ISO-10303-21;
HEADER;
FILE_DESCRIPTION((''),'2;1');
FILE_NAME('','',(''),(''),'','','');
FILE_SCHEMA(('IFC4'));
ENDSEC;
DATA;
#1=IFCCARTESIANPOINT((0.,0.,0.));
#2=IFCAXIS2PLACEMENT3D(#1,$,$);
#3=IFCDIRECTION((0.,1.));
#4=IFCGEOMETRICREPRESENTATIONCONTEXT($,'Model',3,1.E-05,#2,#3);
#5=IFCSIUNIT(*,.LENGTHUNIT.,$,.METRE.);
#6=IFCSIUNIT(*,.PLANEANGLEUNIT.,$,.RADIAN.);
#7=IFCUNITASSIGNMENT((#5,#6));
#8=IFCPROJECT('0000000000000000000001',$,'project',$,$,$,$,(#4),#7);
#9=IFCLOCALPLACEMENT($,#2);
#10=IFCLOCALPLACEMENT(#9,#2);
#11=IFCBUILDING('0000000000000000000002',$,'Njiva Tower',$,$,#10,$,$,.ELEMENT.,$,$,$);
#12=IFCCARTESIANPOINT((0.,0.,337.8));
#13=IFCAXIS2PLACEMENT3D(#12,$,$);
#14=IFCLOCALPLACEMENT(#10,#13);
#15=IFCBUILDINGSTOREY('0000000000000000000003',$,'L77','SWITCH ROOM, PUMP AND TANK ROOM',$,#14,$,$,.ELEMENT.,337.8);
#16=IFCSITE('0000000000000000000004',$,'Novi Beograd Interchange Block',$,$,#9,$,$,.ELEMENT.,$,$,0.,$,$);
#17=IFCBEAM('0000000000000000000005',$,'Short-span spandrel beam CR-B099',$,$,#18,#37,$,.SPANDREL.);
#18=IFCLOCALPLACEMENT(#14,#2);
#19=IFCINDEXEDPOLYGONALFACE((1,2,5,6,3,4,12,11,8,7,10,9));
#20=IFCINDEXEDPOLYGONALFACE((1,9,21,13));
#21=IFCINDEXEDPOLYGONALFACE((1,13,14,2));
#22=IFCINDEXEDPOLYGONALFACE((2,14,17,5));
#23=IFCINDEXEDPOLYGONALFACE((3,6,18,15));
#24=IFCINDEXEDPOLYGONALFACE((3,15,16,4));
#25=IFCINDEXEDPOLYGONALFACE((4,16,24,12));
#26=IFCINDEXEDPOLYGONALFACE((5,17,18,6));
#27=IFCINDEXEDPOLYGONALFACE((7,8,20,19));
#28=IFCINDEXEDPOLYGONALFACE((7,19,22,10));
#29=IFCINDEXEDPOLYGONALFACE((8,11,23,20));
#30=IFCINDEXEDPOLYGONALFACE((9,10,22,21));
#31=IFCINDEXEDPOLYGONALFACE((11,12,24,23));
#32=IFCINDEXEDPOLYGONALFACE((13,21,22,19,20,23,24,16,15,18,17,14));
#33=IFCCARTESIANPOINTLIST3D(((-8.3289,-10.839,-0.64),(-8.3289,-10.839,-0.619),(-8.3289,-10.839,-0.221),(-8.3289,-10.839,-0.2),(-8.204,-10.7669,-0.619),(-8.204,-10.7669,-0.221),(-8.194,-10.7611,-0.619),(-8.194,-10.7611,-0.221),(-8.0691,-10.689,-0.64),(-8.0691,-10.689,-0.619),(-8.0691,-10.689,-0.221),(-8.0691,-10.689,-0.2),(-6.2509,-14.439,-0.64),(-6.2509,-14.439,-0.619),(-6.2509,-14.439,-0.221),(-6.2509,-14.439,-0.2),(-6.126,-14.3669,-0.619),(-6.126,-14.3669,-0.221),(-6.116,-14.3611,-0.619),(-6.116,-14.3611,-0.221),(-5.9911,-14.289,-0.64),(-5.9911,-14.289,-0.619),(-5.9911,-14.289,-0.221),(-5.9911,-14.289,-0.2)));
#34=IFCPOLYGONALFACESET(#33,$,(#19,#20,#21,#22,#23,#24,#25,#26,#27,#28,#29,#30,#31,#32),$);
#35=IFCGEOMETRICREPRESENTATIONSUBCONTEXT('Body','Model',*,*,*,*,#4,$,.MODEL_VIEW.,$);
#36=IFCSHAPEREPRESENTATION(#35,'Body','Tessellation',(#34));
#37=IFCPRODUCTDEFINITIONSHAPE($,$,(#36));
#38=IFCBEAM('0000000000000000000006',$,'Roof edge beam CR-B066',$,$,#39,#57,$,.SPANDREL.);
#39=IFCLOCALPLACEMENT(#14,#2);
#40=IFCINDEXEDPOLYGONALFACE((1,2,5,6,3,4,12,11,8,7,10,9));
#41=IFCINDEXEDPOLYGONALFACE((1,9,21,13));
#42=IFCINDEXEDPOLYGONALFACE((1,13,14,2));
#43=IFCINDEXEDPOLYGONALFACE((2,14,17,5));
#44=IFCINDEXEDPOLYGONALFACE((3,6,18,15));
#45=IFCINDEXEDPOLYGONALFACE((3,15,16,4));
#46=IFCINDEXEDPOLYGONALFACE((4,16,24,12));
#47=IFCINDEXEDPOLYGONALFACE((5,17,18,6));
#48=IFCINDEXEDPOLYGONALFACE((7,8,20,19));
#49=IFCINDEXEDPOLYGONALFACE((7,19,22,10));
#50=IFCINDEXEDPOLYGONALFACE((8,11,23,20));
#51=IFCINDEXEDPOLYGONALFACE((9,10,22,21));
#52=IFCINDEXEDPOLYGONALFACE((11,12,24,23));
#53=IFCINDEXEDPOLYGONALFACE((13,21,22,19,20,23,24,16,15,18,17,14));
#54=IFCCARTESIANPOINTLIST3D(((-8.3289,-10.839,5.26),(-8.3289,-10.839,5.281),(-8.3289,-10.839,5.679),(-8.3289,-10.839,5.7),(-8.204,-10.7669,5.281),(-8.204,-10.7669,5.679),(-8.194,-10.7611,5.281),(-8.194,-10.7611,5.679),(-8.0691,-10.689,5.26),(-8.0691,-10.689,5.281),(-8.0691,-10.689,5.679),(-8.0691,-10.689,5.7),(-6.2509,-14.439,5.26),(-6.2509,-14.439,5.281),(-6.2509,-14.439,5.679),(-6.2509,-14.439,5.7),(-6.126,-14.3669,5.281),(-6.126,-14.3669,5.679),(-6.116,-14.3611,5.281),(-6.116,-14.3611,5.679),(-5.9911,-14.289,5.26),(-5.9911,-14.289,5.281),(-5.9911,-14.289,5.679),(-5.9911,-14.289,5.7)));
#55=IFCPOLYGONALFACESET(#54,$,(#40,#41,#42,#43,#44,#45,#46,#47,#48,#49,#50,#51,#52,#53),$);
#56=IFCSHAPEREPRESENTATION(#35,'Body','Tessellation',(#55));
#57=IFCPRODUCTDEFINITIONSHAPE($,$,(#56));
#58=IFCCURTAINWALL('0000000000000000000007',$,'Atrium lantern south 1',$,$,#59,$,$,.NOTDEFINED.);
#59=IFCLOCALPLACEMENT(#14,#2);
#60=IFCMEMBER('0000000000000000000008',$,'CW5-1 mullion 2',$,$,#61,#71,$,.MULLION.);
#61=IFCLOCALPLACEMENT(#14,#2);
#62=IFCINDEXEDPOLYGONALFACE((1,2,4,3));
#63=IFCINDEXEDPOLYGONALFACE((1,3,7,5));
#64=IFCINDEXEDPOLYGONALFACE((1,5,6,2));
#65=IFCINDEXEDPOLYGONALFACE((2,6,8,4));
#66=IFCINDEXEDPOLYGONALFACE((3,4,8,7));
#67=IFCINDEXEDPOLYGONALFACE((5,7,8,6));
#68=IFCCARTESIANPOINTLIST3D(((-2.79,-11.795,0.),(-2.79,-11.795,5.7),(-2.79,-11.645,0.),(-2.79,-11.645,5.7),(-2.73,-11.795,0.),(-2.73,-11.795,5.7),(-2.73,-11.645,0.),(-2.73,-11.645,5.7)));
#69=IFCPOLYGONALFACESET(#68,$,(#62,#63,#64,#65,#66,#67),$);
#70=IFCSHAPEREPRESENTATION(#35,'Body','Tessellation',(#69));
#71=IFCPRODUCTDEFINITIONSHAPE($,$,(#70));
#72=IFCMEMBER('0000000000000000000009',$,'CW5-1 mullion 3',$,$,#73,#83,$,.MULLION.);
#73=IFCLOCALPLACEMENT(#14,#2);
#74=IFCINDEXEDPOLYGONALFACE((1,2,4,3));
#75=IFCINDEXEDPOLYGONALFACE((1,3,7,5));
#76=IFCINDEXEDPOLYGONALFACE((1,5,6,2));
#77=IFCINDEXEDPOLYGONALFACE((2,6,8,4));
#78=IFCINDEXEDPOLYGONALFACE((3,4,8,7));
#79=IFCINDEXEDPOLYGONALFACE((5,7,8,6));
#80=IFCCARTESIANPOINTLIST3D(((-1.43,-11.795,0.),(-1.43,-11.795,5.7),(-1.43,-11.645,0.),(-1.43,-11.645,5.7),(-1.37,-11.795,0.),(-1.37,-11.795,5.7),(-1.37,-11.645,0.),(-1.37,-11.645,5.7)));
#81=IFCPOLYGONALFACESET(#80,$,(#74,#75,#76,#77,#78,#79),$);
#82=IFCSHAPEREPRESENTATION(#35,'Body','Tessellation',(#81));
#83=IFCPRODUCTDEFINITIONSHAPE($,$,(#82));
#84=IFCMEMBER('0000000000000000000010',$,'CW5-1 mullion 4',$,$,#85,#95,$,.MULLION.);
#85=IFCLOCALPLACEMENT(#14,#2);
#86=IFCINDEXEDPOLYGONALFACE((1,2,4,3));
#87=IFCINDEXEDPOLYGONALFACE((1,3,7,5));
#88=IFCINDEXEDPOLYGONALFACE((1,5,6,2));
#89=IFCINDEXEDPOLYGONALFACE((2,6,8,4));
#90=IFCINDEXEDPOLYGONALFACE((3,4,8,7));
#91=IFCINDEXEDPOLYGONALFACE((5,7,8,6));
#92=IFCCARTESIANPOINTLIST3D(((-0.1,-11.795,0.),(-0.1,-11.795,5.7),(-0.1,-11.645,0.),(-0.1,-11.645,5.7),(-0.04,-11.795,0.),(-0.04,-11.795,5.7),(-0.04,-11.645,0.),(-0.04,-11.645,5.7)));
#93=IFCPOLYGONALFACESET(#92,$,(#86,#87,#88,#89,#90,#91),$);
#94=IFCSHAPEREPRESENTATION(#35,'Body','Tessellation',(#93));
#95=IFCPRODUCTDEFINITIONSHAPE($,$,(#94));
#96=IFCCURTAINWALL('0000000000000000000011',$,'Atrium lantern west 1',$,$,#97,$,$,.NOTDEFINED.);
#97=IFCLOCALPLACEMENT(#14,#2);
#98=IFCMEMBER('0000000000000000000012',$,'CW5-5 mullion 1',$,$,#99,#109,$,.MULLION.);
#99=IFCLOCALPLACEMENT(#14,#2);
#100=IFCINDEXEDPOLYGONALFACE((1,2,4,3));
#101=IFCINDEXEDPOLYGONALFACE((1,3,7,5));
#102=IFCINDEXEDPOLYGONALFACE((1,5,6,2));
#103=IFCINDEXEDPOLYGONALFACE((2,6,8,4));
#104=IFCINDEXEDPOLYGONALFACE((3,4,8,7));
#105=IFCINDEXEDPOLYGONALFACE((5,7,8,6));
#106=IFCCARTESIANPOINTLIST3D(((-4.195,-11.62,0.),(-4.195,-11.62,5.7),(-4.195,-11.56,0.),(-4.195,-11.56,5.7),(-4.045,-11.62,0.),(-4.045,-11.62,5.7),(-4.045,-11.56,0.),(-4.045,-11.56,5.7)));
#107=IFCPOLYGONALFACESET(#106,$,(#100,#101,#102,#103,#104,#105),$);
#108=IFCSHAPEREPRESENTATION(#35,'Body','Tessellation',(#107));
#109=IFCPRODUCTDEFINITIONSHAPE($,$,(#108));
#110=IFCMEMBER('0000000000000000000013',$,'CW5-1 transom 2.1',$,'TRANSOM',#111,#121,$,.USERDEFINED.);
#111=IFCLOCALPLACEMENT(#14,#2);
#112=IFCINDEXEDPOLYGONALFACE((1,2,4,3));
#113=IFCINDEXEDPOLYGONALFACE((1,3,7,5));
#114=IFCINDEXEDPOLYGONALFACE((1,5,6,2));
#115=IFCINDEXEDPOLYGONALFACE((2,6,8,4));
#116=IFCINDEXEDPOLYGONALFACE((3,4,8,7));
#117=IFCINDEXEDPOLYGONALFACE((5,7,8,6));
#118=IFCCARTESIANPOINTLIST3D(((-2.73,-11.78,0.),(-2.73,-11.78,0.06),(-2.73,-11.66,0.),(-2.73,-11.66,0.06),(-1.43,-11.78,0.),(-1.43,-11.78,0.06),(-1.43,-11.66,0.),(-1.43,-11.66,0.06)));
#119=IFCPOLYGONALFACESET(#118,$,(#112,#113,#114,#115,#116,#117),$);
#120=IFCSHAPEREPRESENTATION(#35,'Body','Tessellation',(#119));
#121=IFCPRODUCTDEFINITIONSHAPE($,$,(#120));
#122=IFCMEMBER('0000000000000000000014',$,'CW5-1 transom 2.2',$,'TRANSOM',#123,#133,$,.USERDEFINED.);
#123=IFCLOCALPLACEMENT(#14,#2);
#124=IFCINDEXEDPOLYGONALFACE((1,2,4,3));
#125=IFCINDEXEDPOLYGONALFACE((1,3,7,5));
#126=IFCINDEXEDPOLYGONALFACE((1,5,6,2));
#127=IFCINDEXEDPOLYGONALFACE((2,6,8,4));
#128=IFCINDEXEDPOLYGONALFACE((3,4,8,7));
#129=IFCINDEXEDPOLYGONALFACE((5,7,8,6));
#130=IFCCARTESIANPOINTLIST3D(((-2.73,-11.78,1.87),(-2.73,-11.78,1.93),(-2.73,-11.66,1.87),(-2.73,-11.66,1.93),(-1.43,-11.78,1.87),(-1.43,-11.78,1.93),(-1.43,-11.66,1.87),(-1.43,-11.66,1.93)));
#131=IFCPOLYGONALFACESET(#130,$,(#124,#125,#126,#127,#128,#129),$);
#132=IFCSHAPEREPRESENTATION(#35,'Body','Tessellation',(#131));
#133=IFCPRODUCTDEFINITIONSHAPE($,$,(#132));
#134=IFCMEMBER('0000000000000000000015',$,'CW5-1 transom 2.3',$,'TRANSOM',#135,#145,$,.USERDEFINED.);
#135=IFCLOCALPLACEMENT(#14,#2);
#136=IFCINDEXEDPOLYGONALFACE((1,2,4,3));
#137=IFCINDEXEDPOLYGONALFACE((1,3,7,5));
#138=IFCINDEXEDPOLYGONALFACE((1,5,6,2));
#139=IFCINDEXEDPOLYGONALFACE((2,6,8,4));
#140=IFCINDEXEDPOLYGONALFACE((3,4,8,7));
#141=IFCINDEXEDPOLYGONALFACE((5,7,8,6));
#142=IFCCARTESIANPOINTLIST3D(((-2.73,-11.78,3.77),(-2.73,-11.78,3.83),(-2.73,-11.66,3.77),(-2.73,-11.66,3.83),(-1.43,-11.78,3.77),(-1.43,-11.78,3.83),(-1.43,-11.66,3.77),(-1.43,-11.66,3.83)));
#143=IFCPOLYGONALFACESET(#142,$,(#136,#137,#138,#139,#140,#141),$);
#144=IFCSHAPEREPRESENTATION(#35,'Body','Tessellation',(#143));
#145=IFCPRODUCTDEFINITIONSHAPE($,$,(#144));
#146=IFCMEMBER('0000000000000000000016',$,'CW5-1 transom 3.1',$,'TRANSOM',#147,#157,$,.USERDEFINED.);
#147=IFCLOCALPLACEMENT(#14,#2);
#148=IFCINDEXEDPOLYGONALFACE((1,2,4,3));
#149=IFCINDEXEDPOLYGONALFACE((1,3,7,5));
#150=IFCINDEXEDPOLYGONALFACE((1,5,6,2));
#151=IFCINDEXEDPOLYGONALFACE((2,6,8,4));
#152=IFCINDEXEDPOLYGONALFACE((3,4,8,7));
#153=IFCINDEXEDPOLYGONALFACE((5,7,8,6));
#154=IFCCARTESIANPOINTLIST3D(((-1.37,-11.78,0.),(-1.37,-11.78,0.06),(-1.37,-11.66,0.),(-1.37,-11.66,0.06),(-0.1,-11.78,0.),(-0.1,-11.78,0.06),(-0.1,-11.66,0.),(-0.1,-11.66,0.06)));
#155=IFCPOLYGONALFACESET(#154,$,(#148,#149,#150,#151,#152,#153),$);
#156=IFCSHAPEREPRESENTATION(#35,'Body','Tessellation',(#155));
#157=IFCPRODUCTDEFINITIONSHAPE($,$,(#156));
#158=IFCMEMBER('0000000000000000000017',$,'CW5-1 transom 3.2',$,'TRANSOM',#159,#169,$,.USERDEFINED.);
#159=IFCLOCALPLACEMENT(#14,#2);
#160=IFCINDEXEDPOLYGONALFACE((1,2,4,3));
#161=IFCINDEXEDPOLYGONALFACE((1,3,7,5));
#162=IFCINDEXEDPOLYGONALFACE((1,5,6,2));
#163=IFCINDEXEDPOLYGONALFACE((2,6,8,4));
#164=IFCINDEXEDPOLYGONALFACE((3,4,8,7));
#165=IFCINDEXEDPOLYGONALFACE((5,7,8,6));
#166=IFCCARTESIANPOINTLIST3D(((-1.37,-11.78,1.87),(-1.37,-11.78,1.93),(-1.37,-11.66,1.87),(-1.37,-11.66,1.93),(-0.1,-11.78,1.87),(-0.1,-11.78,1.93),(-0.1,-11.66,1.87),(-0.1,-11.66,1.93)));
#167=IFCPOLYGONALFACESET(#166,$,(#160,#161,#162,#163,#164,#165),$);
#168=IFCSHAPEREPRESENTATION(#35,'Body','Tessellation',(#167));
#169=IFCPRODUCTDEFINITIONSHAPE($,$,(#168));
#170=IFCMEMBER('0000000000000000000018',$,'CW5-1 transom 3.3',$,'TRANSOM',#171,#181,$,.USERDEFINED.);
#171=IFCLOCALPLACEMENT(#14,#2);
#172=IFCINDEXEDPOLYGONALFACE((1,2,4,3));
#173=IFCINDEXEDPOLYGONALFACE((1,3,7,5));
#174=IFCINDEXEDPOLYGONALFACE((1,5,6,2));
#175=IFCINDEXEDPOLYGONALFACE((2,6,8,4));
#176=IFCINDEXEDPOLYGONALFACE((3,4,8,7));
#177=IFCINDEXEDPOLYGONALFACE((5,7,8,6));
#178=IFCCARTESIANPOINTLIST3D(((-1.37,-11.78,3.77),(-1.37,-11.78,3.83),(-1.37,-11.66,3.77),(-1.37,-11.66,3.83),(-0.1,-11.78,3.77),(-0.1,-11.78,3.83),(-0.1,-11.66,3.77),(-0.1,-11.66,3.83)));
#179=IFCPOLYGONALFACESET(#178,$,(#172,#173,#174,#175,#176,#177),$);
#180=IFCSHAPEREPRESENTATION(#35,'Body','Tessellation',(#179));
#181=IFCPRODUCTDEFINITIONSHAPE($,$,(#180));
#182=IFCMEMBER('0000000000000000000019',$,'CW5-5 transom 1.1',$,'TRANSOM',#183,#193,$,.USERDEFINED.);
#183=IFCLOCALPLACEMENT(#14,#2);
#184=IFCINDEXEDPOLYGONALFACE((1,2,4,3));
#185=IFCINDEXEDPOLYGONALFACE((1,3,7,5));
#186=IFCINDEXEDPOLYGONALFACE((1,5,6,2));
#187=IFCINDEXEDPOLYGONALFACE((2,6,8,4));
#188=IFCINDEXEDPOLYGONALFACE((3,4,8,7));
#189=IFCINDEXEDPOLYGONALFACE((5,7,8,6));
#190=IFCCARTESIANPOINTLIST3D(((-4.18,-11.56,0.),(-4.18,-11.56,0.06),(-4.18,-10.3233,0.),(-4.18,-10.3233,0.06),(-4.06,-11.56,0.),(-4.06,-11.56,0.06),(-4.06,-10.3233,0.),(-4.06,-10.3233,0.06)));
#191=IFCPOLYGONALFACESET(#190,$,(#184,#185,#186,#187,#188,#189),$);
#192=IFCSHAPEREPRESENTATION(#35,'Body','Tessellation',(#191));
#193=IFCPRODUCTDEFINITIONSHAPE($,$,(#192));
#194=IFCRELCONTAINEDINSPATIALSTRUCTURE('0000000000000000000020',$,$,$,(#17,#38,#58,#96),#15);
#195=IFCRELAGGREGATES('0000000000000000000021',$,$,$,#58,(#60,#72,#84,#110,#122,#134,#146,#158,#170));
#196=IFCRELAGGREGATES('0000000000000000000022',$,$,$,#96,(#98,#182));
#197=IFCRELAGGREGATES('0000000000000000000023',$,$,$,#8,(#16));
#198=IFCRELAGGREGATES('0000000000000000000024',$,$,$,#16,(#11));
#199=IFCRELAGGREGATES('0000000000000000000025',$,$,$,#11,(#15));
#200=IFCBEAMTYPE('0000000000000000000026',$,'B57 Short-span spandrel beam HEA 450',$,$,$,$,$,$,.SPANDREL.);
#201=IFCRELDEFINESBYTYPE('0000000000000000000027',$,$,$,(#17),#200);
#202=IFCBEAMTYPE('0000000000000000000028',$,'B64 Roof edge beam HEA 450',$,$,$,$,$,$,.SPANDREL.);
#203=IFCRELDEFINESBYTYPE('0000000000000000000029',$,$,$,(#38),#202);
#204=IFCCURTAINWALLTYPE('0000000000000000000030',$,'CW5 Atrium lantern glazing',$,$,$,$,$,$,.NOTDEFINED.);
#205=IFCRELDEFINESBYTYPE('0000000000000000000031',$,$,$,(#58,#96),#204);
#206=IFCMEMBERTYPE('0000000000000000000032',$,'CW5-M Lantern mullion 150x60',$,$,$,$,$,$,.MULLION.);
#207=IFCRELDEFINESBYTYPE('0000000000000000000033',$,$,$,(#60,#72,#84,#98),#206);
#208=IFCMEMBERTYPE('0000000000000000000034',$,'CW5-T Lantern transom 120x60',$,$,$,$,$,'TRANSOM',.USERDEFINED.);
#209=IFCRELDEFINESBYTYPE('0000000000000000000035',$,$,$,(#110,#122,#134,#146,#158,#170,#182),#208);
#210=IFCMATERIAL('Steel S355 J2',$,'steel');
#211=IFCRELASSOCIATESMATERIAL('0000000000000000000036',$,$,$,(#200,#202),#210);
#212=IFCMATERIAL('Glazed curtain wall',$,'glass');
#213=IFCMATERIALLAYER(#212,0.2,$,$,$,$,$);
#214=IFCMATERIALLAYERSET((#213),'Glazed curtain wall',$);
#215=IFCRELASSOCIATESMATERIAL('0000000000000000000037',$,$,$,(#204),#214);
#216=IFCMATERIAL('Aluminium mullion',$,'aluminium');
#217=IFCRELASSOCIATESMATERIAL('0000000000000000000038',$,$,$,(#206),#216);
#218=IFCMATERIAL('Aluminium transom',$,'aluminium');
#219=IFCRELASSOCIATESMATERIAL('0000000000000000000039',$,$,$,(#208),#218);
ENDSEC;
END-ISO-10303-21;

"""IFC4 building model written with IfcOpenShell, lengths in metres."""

from ifc_helpers import new_model, si_unit, direction, frame, origin, origin_2d, place, context, subcontext, project, spatial, rectangle, i_section, extrude, material, layer, layer_set, material_profile, profile_set, type_object, element, aggregate, save


model = new_model("IFC4")

# Units and contexts
model_context = context("Model", 3, precision=1e-05, world=origin(), true_north=direction((0.0, 1.0)))
body_context = subcontext(model_context, "Body", "Model", "MODEL_VIEW")
ifc_project = project(units=[si_unit("LENGTHUNIT", "METRE"), si_unit("PLANEANGLEUNIT", "RADIAN")], contexts=[model_context])

# Site, building, storey
site_placement = place(None, origin())
site = spatial("IfcSite", under=ifc_project, at=site_placement, Name="Novi Beograd Interchange Block", CompositionType="ELEMENT", RefElevation=0.0)
building_placement = place(site_placement, origin())
building = spatial("IfcBuilding", under=site, at=building_placement, Name="Njiva Tower", CompositionType="ELEMENT")
storey_placement = place(building_placement, frame((0.0, 0.0, 337.8)))
storey = spatial("IfcBuildingStorey", under=building, at=storey_placement, Name="L77", Description="SWITCH ROOM, PUMP AND TANK ROOM", CompositionType="ELEMENT", Elevation=337.8)

# Beams
ifc_material_1 = material(Name="Steel S355 J2", Category="steel")
ifc_material_profile_1 = material_profile(ifc_material_1, i_section(OverallWidth=0.3, OverallDepth=0.44, WebThickness=0.0115, FlangeThickness=0.021, at=origin_2d()), Name="HEA 450")
ifc_profile_set_1 = profile_set([ifc_material_profile_1], Name="Steel S355 J2")
beam_type_1 = type_object("IfcBeamType", Name="B57 Short-span spandrel beam HEA 450", PredefinedType="SPANDREL", material=ifc_profile_set_1)
beam_1_placement = place(storey_placement, frame((-8.199, -10.764, -0.42), z_axis=(0.499917, -0.866073, 0.0), x_axis=(0.866073, 0.499917, 0.0)))
element("IfcBeam", 1, at=beam_1_placement, inside=storey, type_object=beam_type_1, Name="Short-span spandrel beam CR-B099", PredefinedType="SPANDREL", context=body_context, shape_type="SweptSolid", body=[
    extrude(i_section(OverallWidth=0.3, OverallDepth=0.44, WebThickness=0.0115, FlangeThickness=0.021, at=origin_2d()), origin(), (0.0, 0.0, 1.0), 4.1567),
])
ifc_material_profile_2 = material_profile(ifc_material_1, i_section(OverallWidth=0.3, OverallDepth=0.44, WebThickness=0.0115, FlangeThickness=0.021, at=origin_2d()), Name="HEA 450")
ifc_profile_set_2 = profile_set([ifc_material_profile_2], Name="Steel S355 J2")
beam_type_2 = type_object("IfcBeamType", Name="B64 Roof edge beam HEA 450", PredefinedType="SPANDREL", material=ifc_profile_set_2)
beam_2_placement = place(storey_placement, frame((-8.199, -10.764, 5.48), z_axis=(0.499917, -0.866073, 0.0), x_axis=(0.866073, 0.499917, 0.0)))
element("IfcBeam", 2, at=beam_2_placement, inside=storey, type_object=beam_type_2, Name="Roof edge beam CR-B066", PredefinedType="SPANDREL", context=body_context, shape_type="SweptSolid", body=[
    extrude(i_section(OverallWidth=0.3, OverallDepth=0.44, WebThickness=0.0115, FlangeThickness=0.021, at=origin_2d()), origin(), (0.0, 0.0, 1.0), 4.1567),
])

# Curtain wall, members
ifc_material_2 = material(Name="Glazed curtain wall", Category="glass")
ifc_layer_1 = layer(ifc_material_2, 0.2)
ifc_layer_set_1 = layer_set([ifc_layer_1], Name="Glazed curtain wall")
curtain_wall_type = type_object("IfcCurtainWallType", Name="CW5 Atrium lantern glazing", PredefinedType="NOTDEFINED", material=ifc_layer_set_1)
curtain_wall_1_placement = place(storey_placement, origin())
curtain_wall_1 = element("IfcCurtainWall", 3, at=curtain_wall_1_placement, inside=storey, type_object=curtain_wall_type, Name="Atrium lantern south 1", PredefinedType="NOTDEFINED")
ifc_material_3 = material(Name="Aluminium mullion", Category="aluminium")
ifc_material_profile_3 = material_profile(ifc_material_3, rectangle(XDim=0.15, YDim=0.06, at=origin_2d()), Name="RECT 150x60")
ifc_profile_set_3 = profile_set([ifc_material_profile_3], Name="Aluminium mullion")
member_type_1 = type_object("IfcMemberType", Name="CW5-M Lantern mullion 150x60", PredefinedType="MULLION", material=ifc_profile_set_3)
member_1_placement = place(storey_placement, frame((-2.76, -11.72, 0.0), z_axis=(0.0, 0.0, 1.0), x_axis=(0.0, 1.0, 0.0)))
member_1 = element("IfcMember", 4, at=member_1_placement, type_object=member_type_1, Name="CW5-1 mullion 2", PredefinedType="MULLION", context=body_context, shape_type="SweptSolid", body=[
    extrude(rectangle(XDim=0.15, YDim=0.06, at=origin_2d()), origin(), (0.0, 0.0, 1.0), 5.7),
])
member_2_placement = place(storey_placement, frame((-1.4, -11.72, 0.0), z_axis=(0.0, 0.0, 1.0), x_axis=(0.0, 1.0, 0.0)))
member_2 = element("IfcMember", 5, at=member_2_placement, type_object=member_type_1, Name="CW5-1 mullion 3", PredefinedType="MULLION", context=body_context, shape_type="SweptSolid", body=[
    extrude(rectangle(XDim=0.15, YDim=0.06, at=origin_2d()), origin(), (0.0, 0.0, 1.0), 5.7),
])
member_3_placement = place(storey_placement, frame((-0.07, -11.72, 0.0), z_axis=(0.0, 0.0, 1.0), x_axis=(0.0, 1.0, 0.0)))
member_3 = element("IfcMember", 6, at=member_3_placement, type_object=member_type_1, Name="CW5-1 mullion 4", PredefinedType="MULLION", context=body_context, shape_type="SweptSolid", body=[
    extrude(rectangle(XDim=0.15, YDim=0.06, at=origin_2d()), origin(), (0.0, 0.0, 1.0), 5.7),
])

# Curtain wall, member
curtain_wall_2_placement = place(storey_placement, origin())
curtain_wall_2 = element("IfcCurtainWall", 7, at=curtain_wall_2_placement, inside=storey, type_object=curtain_wall_type, Name="Atrium lantern west 1", PredefinedType="NOTDEFINED")
member_4_placement = place(storey_placement, frame((-4.12, -11.59, 0.0), z_axis=(0.0, 0.0, 1.0), x_axis=(-1.0, 0.0, 0.0)))
member_4 = element("IfcMember", 8, at=member_4_placement, type_object=member_type_1, Name="CW5-5 mullion 1", PredefinedType="MULLION", context=body_context, shape_type="SweptSolid", body=[
    extrude(rectangle(XDim=0.15, YDim=0.06, at=origin_2d()), origin(), (0.0, 0.0, 1.0), 5.7),
])

# Members
ifc_material_4 = material(Name="Aluminium transom", Category="aluminium")
ifc_material_profile_4 = material_profile(ifc_material_4, rectangle(XDim=0.12, YDim=0.06, at=origin_2d()), Name="RECT 120x60")
ifc_profile_set_4 = profile_set([ifc_material_profile_4], Name="Aluminium transom")
member_type_2 = type_object("IfcMemberType", Name="CW5-T Lantern transom 120x60", ElementType="TRANSOM", PredefinedType="USERDEFINED", material=ifc_profile_set_4)
member_5_placement = place(storey_placement, frame((-2.73, -11.72, 0.03), z_axis=(1.0, 0.0, 0.0), x_axis=(0.0, 1.0, 0.0)))
member_5 = element("IfcMember", 9, at=member_5_placement, type_object=member_type_2, Name="CW5-1 transom 2.1", ObjectType="TRANSOM", PredefinedType="USERDEFINED", context=body_context, shape_type="SweptSolid", body=[
    extrude(rectangle(XDim=0.12, YDim=0.06, at=origin_2d()), origin(), (0.0, 0.0, 1.0), 1.3),
])
member_6_placement = place(storey_placement, frame((-2.73, -11.72, 1.9), z_axis=(1.0, 0.0, 0.0), x_axis=(0.0, 1.0, 0.0)))
member_6 = element("IfcMember", 10, at=member_6_placement, type_object=member_type_2, Name="CW5-1 transom 2.2", ObjectType="TRANSOM", PredefinedType="USERDEFINED", context=body_context, shape_type="SweptSolid", body=[
    extrude(rectangle(XDim=0.12, YDim=0.06, at=origin_2d()), origin(), (0.0, 0.0, 1.0), 1.3),
])
member_7_placement = place(storey_placement, frame((-2.73, -11.72, 3.8), z_axis=(1.0, 0.0, 0.0), x_axis=(0.0, 1.0, 0.0)))
member_7 = element("IfcMember", 11, at=member_7_placement, type_object=member_type_2, Name="CW5-1 transom 2.3", ObjectType="TRANSOM", PredefinedType="USERDEFINED", context=body_context, shape_type="SweptSolid", body=[
    extrude(rectangle(XDim=0.12, YDim=0.06, at=origin_2d()), origin(), (0.0, 0.0, 1.0), 1.3),
])
member_8_placement = place(storey_placement, frame((-1.37, -11.72, 0.03), z_axis=(1.0, 0.0, 0.0), x_axis=(0.0, 1.0, 0.0)))
member_8 = element("IfcMember", 12, at=member_8_placement, type_object=member_type_2, Name="CW5-1 transom 3.1", ObjectType="TRANSOM", PredefinedType="USERDEFINED", context=body_context, shape_type="SweptSolid", body=[
    extrude(rectangle(XDim=0.12, YDim=0.06, at=origin_2d()), origin(), (0.0, 0.0, 1.0), 1.27),
])
member_9_placement = place(storey_placement, frame((-1.37, -11.72, 1.9), z_axis=(1.0, 0.0, 0.0), x_axis=(0.0, 1.0, 0.0)))
member_9 = element("IfcMember", 13, at=member_9_placement, type_object=member_type_2, Name="CW5-1 transom 3.2", ObjectType="TRANSOM", PredefinedType="USERDEFINED", context=body_context, shape_type="SweptSolid", body=[
    extrude(rectangle(XDim=0.12, YDim=0.06, at=origin_2d()), origin(), (0.0, 0.0, 1.0), 1.27),
])
member_10_placement = place(storey_placement, frame((-1.37, -11.72, 3.8), z_axis=(1.0, 0.0, 0.0), x_axis=(0.0, 1.0, 0.0)))
member_10 = element("IfcMember", 14, at=member_10_placement, type_object=member_type_2, Name="CW5-1 transom 3.3", ObjectType="TRANSOM", PredefinedType="USERDEFINED", context=body_context, shape_type="SweptSolid", body=[
    extrude(rectangle(XDim=0.12, YDim=0.06, at=origin_2d()), origin(), (0.0, 0.0, 1.0), 1.27),
])
member_11_placement = place(storey_placement, frame((-4.12, -11.56, 0.03), z_axis=(0.0, 1.0, 0.0), x_axis=(-1.0, 0.0, 0.0)))
member_11 = element("IfcMember", 15, at=member_11_placement, type_object=member_type_2, Name="CW5-5 transom 1.1", ObjectType="TRANSOM", PredefinedType="USERDEFINED", context=body_context, shape_type="SweptSolid", body=[
    extrude(rectangle(XDim=0.12, YDim=0.06, at=origin_2d()), origin(), (0.0, 0.0, 1.0), 1.2367),
])

aggregate(curtain_wall_1, [member_1, member_2, member_3, member_5, member_6, member_7, member_8, member_9, member_10])
aggregate(curtain_wall_2, [member_4, member_11])

save(model, "model.ifc")
